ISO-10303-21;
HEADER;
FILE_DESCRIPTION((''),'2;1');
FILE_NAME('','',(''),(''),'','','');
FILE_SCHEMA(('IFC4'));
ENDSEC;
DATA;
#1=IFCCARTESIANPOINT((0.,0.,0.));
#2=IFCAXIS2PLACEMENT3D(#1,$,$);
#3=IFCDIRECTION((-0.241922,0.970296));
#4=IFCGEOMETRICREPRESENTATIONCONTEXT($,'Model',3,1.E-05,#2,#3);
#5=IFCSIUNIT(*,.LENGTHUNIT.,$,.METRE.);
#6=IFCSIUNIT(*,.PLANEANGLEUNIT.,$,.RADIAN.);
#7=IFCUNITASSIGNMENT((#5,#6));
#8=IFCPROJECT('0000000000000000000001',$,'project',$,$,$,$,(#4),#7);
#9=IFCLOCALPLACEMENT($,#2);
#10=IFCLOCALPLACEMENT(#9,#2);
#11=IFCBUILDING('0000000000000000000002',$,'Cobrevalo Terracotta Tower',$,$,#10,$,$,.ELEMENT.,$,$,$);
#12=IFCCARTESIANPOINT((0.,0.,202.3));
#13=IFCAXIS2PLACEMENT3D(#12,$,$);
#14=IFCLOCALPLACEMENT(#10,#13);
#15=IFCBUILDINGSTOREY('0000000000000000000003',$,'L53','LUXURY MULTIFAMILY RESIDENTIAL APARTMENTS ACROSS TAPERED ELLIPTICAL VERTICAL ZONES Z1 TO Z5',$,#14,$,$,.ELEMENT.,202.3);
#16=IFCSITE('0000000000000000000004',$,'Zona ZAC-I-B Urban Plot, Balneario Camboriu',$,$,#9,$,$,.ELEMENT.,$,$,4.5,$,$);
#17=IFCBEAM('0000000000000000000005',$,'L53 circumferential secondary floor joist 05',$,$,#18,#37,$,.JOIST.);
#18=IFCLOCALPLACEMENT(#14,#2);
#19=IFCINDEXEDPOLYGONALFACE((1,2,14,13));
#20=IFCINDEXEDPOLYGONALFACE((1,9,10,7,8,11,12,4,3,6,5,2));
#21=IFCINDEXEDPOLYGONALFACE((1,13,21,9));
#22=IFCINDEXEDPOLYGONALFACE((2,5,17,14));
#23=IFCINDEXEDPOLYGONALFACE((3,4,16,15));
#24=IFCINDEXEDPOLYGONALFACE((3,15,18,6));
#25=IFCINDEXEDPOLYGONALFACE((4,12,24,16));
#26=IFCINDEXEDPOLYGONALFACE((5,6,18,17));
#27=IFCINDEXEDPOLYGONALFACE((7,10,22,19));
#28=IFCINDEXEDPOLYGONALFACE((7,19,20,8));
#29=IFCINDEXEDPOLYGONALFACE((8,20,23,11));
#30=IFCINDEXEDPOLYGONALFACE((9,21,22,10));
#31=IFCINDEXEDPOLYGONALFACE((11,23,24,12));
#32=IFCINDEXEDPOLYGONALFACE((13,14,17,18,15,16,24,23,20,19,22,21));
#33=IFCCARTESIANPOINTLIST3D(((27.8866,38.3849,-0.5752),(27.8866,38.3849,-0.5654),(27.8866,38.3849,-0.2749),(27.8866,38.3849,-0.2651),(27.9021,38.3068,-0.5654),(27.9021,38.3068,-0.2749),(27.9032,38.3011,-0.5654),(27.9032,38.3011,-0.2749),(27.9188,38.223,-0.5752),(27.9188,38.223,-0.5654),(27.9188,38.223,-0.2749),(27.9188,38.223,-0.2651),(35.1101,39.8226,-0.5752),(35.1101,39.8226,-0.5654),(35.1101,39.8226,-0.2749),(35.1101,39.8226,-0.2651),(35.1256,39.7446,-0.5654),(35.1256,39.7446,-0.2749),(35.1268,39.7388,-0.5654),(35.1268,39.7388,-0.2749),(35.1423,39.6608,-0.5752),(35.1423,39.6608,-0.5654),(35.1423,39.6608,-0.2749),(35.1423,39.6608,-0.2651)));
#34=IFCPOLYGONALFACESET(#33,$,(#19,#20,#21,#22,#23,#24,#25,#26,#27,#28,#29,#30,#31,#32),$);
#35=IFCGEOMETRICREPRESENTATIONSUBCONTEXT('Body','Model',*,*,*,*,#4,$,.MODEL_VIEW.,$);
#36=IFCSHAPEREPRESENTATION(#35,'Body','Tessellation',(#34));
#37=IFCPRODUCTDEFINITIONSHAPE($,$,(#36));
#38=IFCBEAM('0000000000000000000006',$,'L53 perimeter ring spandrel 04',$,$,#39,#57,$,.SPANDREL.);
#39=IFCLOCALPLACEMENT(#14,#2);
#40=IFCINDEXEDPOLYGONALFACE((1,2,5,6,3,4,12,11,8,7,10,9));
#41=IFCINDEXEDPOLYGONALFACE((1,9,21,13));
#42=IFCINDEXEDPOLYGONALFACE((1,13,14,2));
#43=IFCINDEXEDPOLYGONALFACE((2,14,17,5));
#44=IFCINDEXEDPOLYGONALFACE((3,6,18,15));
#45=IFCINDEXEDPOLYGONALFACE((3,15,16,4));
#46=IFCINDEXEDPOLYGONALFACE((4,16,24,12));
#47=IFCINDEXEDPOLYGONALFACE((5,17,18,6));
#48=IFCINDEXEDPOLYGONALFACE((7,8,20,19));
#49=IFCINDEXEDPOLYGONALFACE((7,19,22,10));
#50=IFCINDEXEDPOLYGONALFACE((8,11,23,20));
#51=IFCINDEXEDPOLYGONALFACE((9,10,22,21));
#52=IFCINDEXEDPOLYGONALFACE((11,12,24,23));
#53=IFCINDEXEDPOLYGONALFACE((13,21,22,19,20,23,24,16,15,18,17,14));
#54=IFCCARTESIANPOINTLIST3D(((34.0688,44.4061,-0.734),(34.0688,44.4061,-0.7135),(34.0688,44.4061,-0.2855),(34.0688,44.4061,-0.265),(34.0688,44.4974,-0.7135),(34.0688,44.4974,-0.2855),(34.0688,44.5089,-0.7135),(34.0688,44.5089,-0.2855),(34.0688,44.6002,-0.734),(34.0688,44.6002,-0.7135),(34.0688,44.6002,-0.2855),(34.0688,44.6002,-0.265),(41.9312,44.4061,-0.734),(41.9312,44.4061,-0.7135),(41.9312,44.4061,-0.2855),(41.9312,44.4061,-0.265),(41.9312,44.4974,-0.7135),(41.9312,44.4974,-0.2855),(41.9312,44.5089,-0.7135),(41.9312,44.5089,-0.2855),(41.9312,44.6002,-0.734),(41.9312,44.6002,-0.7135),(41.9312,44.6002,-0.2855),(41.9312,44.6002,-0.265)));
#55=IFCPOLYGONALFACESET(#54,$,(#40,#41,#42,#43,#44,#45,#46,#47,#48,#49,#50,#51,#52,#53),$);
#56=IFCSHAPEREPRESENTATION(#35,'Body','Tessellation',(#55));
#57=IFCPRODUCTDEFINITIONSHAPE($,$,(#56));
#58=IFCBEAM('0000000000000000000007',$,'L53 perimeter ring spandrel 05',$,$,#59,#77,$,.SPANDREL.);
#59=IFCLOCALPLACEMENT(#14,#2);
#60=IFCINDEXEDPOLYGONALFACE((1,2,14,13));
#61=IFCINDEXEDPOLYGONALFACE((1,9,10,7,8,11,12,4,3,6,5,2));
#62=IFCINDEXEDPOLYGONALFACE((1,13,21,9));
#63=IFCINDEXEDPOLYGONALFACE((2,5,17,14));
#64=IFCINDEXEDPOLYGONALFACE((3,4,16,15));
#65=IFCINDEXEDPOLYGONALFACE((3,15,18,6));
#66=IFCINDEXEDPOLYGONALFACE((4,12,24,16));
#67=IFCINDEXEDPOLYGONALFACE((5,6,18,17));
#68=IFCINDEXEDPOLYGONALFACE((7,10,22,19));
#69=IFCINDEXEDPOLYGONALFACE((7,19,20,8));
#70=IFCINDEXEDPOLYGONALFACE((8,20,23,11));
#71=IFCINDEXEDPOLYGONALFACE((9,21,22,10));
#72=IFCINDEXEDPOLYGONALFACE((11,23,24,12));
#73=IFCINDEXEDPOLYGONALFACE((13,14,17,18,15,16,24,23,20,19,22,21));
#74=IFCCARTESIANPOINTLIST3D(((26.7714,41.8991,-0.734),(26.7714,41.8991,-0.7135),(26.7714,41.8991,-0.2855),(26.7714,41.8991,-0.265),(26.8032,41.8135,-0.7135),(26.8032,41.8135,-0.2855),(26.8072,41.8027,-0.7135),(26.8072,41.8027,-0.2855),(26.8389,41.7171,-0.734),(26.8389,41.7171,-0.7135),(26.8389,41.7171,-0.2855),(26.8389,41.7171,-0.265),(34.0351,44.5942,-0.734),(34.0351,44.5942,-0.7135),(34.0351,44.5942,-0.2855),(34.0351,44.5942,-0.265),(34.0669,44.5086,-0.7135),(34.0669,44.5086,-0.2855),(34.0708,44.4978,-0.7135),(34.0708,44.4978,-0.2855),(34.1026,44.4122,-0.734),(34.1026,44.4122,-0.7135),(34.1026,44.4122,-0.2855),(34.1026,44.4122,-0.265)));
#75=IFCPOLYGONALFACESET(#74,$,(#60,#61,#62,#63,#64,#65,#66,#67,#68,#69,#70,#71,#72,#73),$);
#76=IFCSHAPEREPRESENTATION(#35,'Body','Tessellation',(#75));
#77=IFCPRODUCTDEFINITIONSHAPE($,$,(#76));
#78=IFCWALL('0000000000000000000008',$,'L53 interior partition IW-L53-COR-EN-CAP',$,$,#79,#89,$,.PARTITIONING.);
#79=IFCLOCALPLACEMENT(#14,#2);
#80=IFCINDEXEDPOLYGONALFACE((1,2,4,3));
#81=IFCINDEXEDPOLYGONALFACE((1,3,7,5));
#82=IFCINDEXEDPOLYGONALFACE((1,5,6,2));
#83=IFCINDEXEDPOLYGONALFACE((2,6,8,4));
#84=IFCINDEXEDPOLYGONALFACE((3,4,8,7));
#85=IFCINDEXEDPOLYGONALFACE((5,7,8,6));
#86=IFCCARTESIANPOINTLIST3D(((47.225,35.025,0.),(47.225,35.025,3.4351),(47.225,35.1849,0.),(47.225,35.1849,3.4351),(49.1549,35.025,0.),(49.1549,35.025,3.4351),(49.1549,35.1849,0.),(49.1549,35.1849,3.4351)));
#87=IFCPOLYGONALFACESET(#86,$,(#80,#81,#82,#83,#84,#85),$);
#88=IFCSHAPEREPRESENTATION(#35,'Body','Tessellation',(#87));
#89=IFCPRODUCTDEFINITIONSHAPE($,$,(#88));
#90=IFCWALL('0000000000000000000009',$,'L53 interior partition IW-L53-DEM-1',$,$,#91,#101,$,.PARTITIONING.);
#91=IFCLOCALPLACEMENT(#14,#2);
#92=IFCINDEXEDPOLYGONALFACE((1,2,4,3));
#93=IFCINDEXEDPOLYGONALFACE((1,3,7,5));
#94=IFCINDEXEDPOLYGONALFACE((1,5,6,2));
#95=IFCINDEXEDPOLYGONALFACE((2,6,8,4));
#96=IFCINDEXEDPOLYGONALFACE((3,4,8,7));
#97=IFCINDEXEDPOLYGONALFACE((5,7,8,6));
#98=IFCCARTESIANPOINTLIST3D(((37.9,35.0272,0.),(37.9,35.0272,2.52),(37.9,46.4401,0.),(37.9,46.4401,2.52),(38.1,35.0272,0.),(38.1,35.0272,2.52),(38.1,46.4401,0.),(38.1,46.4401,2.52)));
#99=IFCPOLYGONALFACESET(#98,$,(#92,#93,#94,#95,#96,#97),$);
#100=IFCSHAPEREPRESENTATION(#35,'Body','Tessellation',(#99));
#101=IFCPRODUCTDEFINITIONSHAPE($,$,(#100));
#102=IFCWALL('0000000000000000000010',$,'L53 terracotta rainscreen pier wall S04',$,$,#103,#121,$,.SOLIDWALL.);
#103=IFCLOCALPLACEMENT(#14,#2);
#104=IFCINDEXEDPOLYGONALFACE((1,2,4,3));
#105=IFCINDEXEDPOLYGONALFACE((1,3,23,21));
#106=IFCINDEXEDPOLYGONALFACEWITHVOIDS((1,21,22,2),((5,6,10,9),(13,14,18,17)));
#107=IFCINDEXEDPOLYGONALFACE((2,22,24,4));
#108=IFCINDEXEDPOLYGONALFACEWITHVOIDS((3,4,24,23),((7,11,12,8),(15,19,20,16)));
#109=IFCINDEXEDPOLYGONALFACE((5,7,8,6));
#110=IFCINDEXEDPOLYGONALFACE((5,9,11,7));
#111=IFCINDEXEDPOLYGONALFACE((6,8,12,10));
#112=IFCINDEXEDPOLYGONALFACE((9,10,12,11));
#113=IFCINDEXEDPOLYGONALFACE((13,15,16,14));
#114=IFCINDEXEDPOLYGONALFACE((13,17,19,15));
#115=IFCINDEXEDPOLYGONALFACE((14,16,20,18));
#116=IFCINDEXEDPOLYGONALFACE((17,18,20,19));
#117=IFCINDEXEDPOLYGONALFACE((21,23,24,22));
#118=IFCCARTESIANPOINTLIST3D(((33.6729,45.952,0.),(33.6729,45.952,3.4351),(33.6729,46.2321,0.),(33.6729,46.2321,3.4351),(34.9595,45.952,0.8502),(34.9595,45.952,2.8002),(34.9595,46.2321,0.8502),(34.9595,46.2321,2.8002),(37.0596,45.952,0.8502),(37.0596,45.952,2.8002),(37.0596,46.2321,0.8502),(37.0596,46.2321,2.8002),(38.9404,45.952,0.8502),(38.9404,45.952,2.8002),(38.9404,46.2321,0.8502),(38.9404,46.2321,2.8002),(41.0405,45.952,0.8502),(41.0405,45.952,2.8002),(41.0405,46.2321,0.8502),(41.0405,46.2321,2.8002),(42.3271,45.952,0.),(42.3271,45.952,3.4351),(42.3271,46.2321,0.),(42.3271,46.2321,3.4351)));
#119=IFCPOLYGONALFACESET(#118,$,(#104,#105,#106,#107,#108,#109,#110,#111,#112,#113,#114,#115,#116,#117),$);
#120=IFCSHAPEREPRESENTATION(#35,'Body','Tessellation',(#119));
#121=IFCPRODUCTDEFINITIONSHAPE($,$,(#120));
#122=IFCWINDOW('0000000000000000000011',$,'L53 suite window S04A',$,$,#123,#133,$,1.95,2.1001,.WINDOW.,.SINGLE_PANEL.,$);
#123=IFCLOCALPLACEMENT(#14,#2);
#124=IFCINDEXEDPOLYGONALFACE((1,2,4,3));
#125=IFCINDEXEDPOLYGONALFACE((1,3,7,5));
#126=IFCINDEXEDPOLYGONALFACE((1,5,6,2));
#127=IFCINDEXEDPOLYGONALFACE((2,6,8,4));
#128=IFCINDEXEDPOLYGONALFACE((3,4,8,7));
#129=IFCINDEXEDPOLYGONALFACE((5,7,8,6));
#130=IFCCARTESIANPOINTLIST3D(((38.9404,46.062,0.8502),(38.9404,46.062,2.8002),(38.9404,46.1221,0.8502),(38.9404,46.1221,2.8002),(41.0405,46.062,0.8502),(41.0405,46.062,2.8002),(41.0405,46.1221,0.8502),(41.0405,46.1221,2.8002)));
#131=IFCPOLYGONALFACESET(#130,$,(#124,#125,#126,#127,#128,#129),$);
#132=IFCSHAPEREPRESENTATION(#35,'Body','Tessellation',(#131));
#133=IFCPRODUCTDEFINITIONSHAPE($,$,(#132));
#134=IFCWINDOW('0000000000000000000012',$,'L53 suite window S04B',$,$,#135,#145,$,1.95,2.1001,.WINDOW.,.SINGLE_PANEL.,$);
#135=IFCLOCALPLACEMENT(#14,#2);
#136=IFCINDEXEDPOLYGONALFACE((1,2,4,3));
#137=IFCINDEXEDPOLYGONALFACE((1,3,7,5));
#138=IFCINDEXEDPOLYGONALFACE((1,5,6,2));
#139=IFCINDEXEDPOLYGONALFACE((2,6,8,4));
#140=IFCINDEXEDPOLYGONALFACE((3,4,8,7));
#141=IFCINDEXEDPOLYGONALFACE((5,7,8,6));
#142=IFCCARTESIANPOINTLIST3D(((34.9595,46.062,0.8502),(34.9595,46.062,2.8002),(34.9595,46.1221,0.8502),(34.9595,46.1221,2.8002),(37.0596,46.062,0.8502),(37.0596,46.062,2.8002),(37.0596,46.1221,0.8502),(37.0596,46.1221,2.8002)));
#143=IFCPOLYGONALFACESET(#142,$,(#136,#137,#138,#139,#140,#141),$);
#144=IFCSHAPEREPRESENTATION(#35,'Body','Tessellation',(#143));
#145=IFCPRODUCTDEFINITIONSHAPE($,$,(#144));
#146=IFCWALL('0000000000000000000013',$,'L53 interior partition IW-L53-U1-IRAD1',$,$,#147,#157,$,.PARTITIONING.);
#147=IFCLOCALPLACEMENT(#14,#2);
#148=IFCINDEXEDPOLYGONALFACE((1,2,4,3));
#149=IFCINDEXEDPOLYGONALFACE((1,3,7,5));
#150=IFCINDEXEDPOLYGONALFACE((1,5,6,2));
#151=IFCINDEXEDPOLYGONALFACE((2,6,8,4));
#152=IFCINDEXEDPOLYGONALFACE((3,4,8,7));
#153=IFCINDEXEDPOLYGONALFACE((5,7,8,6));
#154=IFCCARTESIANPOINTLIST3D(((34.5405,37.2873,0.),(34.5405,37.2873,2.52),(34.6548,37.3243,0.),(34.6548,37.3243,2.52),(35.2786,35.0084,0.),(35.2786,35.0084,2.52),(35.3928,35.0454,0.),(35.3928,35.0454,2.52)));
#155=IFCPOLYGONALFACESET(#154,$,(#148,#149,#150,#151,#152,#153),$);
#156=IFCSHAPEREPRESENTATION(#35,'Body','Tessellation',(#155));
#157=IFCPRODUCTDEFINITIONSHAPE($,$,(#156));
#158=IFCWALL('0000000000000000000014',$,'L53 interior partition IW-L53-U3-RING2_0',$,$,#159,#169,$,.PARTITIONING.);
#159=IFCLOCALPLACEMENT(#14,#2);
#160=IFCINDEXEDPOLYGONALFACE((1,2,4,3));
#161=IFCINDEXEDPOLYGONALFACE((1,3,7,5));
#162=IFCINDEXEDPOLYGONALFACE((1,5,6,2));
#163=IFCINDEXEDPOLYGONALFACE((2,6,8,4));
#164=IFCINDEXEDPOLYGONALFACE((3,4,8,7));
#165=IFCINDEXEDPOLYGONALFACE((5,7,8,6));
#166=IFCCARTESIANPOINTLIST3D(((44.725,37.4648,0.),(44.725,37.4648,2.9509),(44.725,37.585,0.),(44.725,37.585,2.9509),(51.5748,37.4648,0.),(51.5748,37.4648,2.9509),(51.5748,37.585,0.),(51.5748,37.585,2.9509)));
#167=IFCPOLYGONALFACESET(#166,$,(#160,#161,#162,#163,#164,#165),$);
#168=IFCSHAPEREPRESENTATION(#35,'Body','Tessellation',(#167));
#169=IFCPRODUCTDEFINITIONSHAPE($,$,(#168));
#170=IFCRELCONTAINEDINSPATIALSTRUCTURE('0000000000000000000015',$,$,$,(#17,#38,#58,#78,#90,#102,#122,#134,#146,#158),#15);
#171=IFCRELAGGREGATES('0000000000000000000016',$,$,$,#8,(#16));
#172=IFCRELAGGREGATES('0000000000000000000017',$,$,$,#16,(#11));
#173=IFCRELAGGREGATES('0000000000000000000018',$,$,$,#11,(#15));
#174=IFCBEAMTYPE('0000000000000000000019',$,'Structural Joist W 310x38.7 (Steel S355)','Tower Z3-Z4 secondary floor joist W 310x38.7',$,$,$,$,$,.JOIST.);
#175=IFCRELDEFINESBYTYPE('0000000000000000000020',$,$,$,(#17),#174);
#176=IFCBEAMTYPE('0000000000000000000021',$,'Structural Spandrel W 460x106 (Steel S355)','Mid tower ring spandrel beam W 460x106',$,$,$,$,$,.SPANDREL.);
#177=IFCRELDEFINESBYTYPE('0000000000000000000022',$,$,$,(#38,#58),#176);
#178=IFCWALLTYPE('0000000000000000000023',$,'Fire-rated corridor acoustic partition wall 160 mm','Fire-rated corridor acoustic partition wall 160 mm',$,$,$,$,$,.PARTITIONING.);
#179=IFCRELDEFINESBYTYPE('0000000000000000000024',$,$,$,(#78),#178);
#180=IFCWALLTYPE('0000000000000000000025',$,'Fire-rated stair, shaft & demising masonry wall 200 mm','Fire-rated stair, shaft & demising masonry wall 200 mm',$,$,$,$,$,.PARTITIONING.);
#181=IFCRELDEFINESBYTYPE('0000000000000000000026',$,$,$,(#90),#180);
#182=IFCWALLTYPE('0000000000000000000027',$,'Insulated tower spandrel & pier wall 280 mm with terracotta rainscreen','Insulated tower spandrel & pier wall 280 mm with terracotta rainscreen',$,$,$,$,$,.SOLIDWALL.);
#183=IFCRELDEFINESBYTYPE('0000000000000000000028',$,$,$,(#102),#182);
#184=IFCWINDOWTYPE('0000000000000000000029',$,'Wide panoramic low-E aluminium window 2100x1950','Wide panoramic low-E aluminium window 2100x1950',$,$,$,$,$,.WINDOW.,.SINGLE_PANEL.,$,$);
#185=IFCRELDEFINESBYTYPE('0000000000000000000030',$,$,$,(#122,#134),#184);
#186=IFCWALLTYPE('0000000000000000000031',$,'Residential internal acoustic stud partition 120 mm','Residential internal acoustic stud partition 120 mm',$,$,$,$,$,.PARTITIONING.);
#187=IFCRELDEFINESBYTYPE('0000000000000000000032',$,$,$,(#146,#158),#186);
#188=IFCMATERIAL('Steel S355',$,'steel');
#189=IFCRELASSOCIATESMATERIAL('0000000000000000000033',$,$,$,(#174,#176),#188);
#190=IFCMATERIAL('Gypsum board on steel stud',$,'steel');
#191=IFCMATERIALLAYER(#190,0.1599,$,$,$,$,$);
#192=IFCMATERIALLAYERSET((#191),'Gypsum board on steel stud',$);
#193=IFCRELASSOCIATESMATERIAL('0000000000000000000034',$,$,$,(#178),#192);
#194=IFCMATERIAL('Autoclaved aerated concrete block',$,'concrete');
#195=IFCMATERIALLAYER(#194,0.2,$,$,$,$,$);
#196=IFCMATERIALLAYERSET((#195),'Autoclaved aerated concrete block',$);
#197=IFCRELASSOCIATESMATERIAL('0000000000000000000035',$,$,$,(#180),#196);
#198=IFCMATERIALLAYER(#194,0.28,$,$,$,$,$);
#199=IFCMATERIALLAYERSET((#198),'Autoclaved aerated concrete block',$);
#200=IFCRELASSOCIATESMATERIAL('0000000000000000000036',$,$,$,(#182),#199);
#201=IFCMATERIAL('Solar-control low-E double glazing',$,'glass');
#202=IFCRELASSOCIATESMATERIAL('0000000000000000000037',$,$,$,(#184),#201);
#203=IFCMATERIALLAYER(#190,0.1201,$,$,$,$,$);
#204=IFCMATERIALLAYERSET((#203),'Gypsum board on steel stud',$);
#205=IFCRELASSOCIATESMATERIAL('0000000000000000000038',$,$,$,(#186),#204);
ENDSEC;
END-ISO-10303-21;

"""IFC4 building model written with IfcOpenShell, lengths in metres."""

from ifc_helpers import new_model, si_unit, direction, frame, frame_2d, origin, origin_2d, place, context, subcontext, project, spatial, rectangle, i_section, extrude, source, transform, mapped, material, layer, layer_set, material_profile, profile_set, type_object, element, fill, save


model = new_model("IFC4")

# Units and contexts
model_context = context("Model", 3, precision=1e-05, world=origin(), true_north=direction((-0.241922, 0.970296)))
body_context = subcontext(model_context, "Body", "Model", "MODEL_VIEW")
ifc_project = project(units=[si_unit("LENGTHUNIT", "METRE"), si_unit("PLANEANGLEUNIT", "RADIAN")], contexts=[model_context])

# Site, building, storey
site_placement = place(None, origin())
site = spatial("IfcSite", under=ifc_project, at=site_placement, Name="Zona ZAC-I-B Urban Plot, Balneario Camboriu", CompositionType="ELEMENT", RefElevation=4.5)
building_placement = place(site_placement, origin())
building = spatial("IfcBuilding", under=site, at=building_placement, Name="Cobrevalo Terracotta Tower", CompositionType="ELEMENT")
storey_placement = place(building_placement, frame((0.0, 0.0, 202.3)))
storey = spatial("IfcBuildingStorey", under=building, at=storey_placement, Name="L53", Description="LUXURY MULTIFAMILY RESIDENTIAL APARTMENTS ACROSS TAPERED ELLIPTICAL VERTICAL ZONES Z1 TO Z5", CompositionType="ELEMENT", Elevation=202.3)

# Shared definitions
ifc_material_1 = material(Name="Steel S355", Category="steel")

# Beams
ifc_material_profile_1 = material_profile(ifc_material_1, i_section(OverallWidth=0.165, OverallDepth=0.3101, WebThickness=0.0059, FlangeThickness=0.0098, at=origin_2d()), Name="W 310x38.7")
ifc_profile_set_1 = profile_set([ifc_material_profile_1], Name="Steel S355")
beam_type_1 = type_object("IfcBeamType", Name="Structural Joist W 310x38.7 (Steel S355)", Description="Tower Z3-Z4 secondary floor joist W 310x38.7", PredefinedType="JOIST", material=ifc_profile_set_1)
beam_1_placement = place(storey_placement, frame((35.1262, 39.7417, -0.4202), z_axis=(-0.980763, -0.195204, 0.0), x_axis=(0.195204, -0.980763, 0.0)))
element("IfcBeam", 1, at=beam_1_placement, inside=storey, type_object=beam_type_1, Name="L53 circumferential secondary floor joist 05", PredefinedType="JOIST", context=body_context, shape_type="SweptSolid", body=[
    extrude(i_section(OverallWidth=0.165, OverallDepth=0.3101, WebThickness=0.0059, FlangeThickness=0.0098, at=origin_2d()), origin(), (0.0, 0.0, 1.0), 7.3652),
])
ifc_material_profile_2 = material_profile(ifc_material_1, i_section(OverallWidth=0.1941, OverallDepth=0.469, WebThickness=0.0115, FlangeThickness=0.0205, at=origin_2d()), Name="W 460x106")
ifc_profile_set_2 = profile_set([ifc_material_profile_2], Name="Steel S355")
beam_type_2 = type_object("IfcBeamType", Name="Structural Spandrel W 460x106 (Steel S355)", Description="Mid tower ring spandrel beam W 460x106", PredefinedType="SPANDREL", material=ifc_profile_set_2)
beam_2_placement = place(storey_placement, frame((41.9312, 44.5032, -0.4995), z_axis=(-1.0, 0.0, 0.0), x_axis=(0.0, -1.0, 0.0)))
element("IfcBeam", 2, at=beam_2_placement, inside=storey, type_object=beam_type_2, Name="L53 perimeter ring spandrel 04", PredefinedType="SPANDREL", context=body_context, shape_type="SweptSolid", body=[
    extrude(i_section(OverallWidth=0.1941, OverallDepth=0.469, WebThickness=0.0115, FlangeThickness=0.0205, at=origin_2d()), origin(), (0.0, 0.0, 1.0), 7.8623),
])
beam_3_placement = place(storey_placement, frame((34.0688, 44.5032, -0.4995), z_axis=(-0.937546, -0.347861, 0.0), x_axis=(0.347861, -0.937546, 0.0)))
element("IfcBeam", 3, at=beam_3_placement, inside=storey, type_object=beam_type_2, Name="L53 perimeter ring spandrel 05", PredefinedType="SPANDREL", context=body_context, shape_type="SweptSolid", body=[
    extrude(i_section(OverallWidth=0.1941, OverallDepth=0.469, WebThickness=0.0115, FlangeThickness=0.0205, at=origin_2d()), origin(), (0.0, 0.0, 1.0), 7.7476),
])

# Walls
ifc_material_2 = material(Name="Gypsum board on steel stud", Category="steel")
ifc_layer_1 = layer(ifc_material_2, 0.1599)
ifc_layer_set_1 = layer_set([ifc_layer_1], Name="Gypsum board on steel stud")
wall_type_1 = type_object("IfcWallType", Name="Fire-rated corridor acoustic partition wall 160 mm", Description="Fire-rated corridor acoustic partition wall 160 mm", PredefinedType="PARTITIONING", material=ifc_layer_set_1)
wall_1_placement = place(storey_placement, frame((47.2251, 35.105, 0.0), z_axis=(0.0, 0.0, 1.0), x_axis=(1.0, 0.0, 0.0)))
element("IfcWall", 4, at=wall_1_placement, inside=storey, type_object=wall_type_1, Name="L53 interior partition IW-L53-COR-EN-CAP", PredefinedType="PARTITIONING", context=body_context, shape_type="SweptSolid", body=[
    extrude(rectangle(XDim=1.9299, YDim=0.1599, at=frame_2d((0.9648, 0.0))), origin(), (0.0, 0.0, 1.0), 3.4351),
])
ifc_material_3 = material(Name="Autoclaved aerated concrete block", Category="concrete")
ifc_layer_2 = layer(ifc_material_3, 0.2)
ifc_layer_set_2 = layer_set([ifc_layer_2], Name="Autoclaved aerated concrete block")
wall_type_2 = type_object("IfcWallType", Name="Fire-rated stair, shaft & demising masonry wall 200 mm", Description="Fire-rated stair, shaft & demising masonry wall 200 mm", PredefinedType="PARTITIONING", material=ifc_layer_set_2)
wall_2_placement = place(storey_placement, frame((38.0, 35.0271, 0.0), z_axis=(0.0, 0.0, 1.0), x_axis=(0.0, 1.0, 0.0)))
element("IfcWall", 5, at=wall_2_placement, inside=storey, type_object=wall_type_2, Name="L53 interior partition IW-L53-DEM-1", PredefinedType="PARTITIONING", context=body_context, shape_type="SweptSolid", body=[
    extrude(rectangle(XDim=11.4128, YDim=0.2, at=frame_2d((5.7065, 0.0))), origin(), (0.0, 0.0, 1.0), 2.52),
])

# Wall, openings, windows
ifc_layer_3 = layer(ifc_material_3, 0.28)
ifc_layer_set_3 = layer_set([ifc_layer_3], Name="Autoclaved aerated concrete block")
wall_type_3 = type_object("IfcWallType", Name="Insulated tower spandrel & pier wall 280 mm with terracotta rainscreen", Description="Insulated tower spandrel & pier wall 280 mm with terracotta rainscreen", PredefinedType="SOLIDWALL", material=ifc_layer_set_3)
wall_3_placement = place(storey_placement, frame((42.3271, 46.092, 0.0), z_axis=(0.0, 0.0, 1.0), x_axis=(-1.0, 0.0, 0.0)))
wall_3 = element("IfcWall", 6, at=wall_3_placement, inside=storey, type_object=wall_type_3, Name="L53 terracotta rainscreen pier wall S04", PredefinedType="SOLIDWALL", context=body_context, shape_type="SweptSolid", body=[
    extrude(rectangle(XDim=8.6543, YDim=0.28, at=frame_2d((4.3271, 0.0))), origin(), (0.0, 0.0, 1.0), 3.4351),
])
opening_1_placement = place(wall_3_placement, frame((1.2866, 0.0, 0.8501)))
opening_1 = element("IfcOpeningElement", 7, at=opening_1_placement, cuts=wall_3, PredefinedType="OPENING", context=body_context, shape_type="SweptSolid", body=[
    extrude(rectangle(XDim=2.1001, YDim=1.95, at=frame_2d((1.05, 0.9751))), frame((0.0, 0.1499, 0.0), z_axis=(0.0, -1.0, 0.0), x_axis=(1.0, 0.0, 0.0)), (0.0, 0.0, 1.0), 0.3),
])
opening_2_placement = place(wall_3_placement, frame((5.2676, 0.0, 0.8501)))
opening_2 = element("IfcOpeningElement", 8, at=opening_2_placement, cuts=wall_3, PredefinedType="OPENING", context=body_context, shape_type="SweptSolid", body=[
    extrude(rectangle(XDim=2.1001, YDim=1.95, at=frame_2d((1.05, 0.9751))), frame((0.0, 0.1499, 0.0), z_axis=(0.0, -1.0, 0.0), x_axis=(1.0, 0.0, 0.0)), (0.0, 0.0, 1.0), 0.3),
])
ifc_material_4 = material(Name="Solar-control low-E double glazing", Category="glass")
window_type = type_object("IfcWindowType", Name="Wide panoramic low-E aluminium window 2100x1950", Description="Wide panoramic low-E aluminium window 2100x1950", PartitioningType="SINGLE_PANEL", PredefinedType="WINDOW", material=ifc_material_4)
shared_shape_1 = source(origin(), body_context, "Body", "SweptSolid", [
    extrude(rectangle(XDim=2.1001, YDim=1.95, at=frame_2d((1.05, 0.9751))), frame((0.0, 0.03, 0.0), z_axis=(0.0, -1.0, 0.0), x_axis=(1.0, 0.0, 0.0)), (0.0, 0.0, 1.0), 0.0601),
])
window_1_placement = place(opening_1_placement, origin())
window_1 = element("IfcWindow", 9, at=window_1_placement, inside=storey, type_object=window_type, Name="L53 suite window S04A", OverallHeight=1.95, OverallWidth=2.1001, PartitioningType="SINGLE_PANEL", PredefinedType="WINDOW", context=body_context, shape_type="MappedRepresentation", body=[
    mapped(shared_shape_1, transform((0.0, 0.0, 0.0), scale=1.0)),
])
fill(opening_1, window_1)
window_2_placement = place(opening_2_placement, origin())
window_2 = element("IfcWindow", 10, at=window_2_placement, inside=storey, type_object=window_type, Name="L53 suite window S04B", OverallHeight=1.95, OverallWidth=2.1001, PartitioningType="SINGLE_PANEL", PredefinedType="WINDOW", context=body_context, shape_type="MappedRepresentation", body=[
    mapped(shared_shape_1, transform((0.0, 0.0, 0.0), scale=1.0)),
])
fill(opening_2, window_2)

# Wall
ifc_layer_4 = layer(ifc_material_2, 0.1201)
ifc_layer_set_4 = layer_set([ifc_layer_4], Name="Gypsum board on steel stud")
wall_type_4 = type_object("IfcWallType", Name="Residential internal acoustic stud partition 120 mm", Description="Residential internal acoustic stud partition 120 mm", PredefinedType="PARTITIONING", material=ifc_layer_set_4)
wall_4_placement = place(storey_placement, frame((35.3357, 35.0269, 0.0), z_axis=(0.0, 0.0, 1.0), x_axis=(-0.308083, 0.951359, 0.0)))
element("IfcWall", 11, at=wall_4_placement, inside=storey, type_object=wall_type_4, Name="L53 interior partition IW-L53-U1-IRAD1", PredefinedType="PARTITIONING", context=body_context, shape_type="SweptSolid", body=[
    extrude(rectangle(XDim=2.3955, YDim=0.1201, at=frame_2d((1.1978, 0.0))), origin(), (0.0, 0.0, 1.0), 2.52),
])

# Wall
wall_5_placement = place(storey_placement, frame((44.7251, 37.5249, 0.0), z_axis=(0.0, 0.0, 1.0), x_axis=(1.0, 0.0, 0.0)))
element("IfcWall", 12, at=wall_5_placement, inside=storey, type_object=wall_type_4, Name="L53 interior partition IW-L53-U3-RING2_0", PredefinedType="PARTITIONING", context=body_context, shape_type="SweptSolid", body=[
    extrude(rectangle(XDim=6.8499, YDim=0.1201, at=frame_2d((3.4248, 0.0))), origin(), (0.0, 0.0, 1.0), 2.9509),
])

save(model, "model.ifc")
